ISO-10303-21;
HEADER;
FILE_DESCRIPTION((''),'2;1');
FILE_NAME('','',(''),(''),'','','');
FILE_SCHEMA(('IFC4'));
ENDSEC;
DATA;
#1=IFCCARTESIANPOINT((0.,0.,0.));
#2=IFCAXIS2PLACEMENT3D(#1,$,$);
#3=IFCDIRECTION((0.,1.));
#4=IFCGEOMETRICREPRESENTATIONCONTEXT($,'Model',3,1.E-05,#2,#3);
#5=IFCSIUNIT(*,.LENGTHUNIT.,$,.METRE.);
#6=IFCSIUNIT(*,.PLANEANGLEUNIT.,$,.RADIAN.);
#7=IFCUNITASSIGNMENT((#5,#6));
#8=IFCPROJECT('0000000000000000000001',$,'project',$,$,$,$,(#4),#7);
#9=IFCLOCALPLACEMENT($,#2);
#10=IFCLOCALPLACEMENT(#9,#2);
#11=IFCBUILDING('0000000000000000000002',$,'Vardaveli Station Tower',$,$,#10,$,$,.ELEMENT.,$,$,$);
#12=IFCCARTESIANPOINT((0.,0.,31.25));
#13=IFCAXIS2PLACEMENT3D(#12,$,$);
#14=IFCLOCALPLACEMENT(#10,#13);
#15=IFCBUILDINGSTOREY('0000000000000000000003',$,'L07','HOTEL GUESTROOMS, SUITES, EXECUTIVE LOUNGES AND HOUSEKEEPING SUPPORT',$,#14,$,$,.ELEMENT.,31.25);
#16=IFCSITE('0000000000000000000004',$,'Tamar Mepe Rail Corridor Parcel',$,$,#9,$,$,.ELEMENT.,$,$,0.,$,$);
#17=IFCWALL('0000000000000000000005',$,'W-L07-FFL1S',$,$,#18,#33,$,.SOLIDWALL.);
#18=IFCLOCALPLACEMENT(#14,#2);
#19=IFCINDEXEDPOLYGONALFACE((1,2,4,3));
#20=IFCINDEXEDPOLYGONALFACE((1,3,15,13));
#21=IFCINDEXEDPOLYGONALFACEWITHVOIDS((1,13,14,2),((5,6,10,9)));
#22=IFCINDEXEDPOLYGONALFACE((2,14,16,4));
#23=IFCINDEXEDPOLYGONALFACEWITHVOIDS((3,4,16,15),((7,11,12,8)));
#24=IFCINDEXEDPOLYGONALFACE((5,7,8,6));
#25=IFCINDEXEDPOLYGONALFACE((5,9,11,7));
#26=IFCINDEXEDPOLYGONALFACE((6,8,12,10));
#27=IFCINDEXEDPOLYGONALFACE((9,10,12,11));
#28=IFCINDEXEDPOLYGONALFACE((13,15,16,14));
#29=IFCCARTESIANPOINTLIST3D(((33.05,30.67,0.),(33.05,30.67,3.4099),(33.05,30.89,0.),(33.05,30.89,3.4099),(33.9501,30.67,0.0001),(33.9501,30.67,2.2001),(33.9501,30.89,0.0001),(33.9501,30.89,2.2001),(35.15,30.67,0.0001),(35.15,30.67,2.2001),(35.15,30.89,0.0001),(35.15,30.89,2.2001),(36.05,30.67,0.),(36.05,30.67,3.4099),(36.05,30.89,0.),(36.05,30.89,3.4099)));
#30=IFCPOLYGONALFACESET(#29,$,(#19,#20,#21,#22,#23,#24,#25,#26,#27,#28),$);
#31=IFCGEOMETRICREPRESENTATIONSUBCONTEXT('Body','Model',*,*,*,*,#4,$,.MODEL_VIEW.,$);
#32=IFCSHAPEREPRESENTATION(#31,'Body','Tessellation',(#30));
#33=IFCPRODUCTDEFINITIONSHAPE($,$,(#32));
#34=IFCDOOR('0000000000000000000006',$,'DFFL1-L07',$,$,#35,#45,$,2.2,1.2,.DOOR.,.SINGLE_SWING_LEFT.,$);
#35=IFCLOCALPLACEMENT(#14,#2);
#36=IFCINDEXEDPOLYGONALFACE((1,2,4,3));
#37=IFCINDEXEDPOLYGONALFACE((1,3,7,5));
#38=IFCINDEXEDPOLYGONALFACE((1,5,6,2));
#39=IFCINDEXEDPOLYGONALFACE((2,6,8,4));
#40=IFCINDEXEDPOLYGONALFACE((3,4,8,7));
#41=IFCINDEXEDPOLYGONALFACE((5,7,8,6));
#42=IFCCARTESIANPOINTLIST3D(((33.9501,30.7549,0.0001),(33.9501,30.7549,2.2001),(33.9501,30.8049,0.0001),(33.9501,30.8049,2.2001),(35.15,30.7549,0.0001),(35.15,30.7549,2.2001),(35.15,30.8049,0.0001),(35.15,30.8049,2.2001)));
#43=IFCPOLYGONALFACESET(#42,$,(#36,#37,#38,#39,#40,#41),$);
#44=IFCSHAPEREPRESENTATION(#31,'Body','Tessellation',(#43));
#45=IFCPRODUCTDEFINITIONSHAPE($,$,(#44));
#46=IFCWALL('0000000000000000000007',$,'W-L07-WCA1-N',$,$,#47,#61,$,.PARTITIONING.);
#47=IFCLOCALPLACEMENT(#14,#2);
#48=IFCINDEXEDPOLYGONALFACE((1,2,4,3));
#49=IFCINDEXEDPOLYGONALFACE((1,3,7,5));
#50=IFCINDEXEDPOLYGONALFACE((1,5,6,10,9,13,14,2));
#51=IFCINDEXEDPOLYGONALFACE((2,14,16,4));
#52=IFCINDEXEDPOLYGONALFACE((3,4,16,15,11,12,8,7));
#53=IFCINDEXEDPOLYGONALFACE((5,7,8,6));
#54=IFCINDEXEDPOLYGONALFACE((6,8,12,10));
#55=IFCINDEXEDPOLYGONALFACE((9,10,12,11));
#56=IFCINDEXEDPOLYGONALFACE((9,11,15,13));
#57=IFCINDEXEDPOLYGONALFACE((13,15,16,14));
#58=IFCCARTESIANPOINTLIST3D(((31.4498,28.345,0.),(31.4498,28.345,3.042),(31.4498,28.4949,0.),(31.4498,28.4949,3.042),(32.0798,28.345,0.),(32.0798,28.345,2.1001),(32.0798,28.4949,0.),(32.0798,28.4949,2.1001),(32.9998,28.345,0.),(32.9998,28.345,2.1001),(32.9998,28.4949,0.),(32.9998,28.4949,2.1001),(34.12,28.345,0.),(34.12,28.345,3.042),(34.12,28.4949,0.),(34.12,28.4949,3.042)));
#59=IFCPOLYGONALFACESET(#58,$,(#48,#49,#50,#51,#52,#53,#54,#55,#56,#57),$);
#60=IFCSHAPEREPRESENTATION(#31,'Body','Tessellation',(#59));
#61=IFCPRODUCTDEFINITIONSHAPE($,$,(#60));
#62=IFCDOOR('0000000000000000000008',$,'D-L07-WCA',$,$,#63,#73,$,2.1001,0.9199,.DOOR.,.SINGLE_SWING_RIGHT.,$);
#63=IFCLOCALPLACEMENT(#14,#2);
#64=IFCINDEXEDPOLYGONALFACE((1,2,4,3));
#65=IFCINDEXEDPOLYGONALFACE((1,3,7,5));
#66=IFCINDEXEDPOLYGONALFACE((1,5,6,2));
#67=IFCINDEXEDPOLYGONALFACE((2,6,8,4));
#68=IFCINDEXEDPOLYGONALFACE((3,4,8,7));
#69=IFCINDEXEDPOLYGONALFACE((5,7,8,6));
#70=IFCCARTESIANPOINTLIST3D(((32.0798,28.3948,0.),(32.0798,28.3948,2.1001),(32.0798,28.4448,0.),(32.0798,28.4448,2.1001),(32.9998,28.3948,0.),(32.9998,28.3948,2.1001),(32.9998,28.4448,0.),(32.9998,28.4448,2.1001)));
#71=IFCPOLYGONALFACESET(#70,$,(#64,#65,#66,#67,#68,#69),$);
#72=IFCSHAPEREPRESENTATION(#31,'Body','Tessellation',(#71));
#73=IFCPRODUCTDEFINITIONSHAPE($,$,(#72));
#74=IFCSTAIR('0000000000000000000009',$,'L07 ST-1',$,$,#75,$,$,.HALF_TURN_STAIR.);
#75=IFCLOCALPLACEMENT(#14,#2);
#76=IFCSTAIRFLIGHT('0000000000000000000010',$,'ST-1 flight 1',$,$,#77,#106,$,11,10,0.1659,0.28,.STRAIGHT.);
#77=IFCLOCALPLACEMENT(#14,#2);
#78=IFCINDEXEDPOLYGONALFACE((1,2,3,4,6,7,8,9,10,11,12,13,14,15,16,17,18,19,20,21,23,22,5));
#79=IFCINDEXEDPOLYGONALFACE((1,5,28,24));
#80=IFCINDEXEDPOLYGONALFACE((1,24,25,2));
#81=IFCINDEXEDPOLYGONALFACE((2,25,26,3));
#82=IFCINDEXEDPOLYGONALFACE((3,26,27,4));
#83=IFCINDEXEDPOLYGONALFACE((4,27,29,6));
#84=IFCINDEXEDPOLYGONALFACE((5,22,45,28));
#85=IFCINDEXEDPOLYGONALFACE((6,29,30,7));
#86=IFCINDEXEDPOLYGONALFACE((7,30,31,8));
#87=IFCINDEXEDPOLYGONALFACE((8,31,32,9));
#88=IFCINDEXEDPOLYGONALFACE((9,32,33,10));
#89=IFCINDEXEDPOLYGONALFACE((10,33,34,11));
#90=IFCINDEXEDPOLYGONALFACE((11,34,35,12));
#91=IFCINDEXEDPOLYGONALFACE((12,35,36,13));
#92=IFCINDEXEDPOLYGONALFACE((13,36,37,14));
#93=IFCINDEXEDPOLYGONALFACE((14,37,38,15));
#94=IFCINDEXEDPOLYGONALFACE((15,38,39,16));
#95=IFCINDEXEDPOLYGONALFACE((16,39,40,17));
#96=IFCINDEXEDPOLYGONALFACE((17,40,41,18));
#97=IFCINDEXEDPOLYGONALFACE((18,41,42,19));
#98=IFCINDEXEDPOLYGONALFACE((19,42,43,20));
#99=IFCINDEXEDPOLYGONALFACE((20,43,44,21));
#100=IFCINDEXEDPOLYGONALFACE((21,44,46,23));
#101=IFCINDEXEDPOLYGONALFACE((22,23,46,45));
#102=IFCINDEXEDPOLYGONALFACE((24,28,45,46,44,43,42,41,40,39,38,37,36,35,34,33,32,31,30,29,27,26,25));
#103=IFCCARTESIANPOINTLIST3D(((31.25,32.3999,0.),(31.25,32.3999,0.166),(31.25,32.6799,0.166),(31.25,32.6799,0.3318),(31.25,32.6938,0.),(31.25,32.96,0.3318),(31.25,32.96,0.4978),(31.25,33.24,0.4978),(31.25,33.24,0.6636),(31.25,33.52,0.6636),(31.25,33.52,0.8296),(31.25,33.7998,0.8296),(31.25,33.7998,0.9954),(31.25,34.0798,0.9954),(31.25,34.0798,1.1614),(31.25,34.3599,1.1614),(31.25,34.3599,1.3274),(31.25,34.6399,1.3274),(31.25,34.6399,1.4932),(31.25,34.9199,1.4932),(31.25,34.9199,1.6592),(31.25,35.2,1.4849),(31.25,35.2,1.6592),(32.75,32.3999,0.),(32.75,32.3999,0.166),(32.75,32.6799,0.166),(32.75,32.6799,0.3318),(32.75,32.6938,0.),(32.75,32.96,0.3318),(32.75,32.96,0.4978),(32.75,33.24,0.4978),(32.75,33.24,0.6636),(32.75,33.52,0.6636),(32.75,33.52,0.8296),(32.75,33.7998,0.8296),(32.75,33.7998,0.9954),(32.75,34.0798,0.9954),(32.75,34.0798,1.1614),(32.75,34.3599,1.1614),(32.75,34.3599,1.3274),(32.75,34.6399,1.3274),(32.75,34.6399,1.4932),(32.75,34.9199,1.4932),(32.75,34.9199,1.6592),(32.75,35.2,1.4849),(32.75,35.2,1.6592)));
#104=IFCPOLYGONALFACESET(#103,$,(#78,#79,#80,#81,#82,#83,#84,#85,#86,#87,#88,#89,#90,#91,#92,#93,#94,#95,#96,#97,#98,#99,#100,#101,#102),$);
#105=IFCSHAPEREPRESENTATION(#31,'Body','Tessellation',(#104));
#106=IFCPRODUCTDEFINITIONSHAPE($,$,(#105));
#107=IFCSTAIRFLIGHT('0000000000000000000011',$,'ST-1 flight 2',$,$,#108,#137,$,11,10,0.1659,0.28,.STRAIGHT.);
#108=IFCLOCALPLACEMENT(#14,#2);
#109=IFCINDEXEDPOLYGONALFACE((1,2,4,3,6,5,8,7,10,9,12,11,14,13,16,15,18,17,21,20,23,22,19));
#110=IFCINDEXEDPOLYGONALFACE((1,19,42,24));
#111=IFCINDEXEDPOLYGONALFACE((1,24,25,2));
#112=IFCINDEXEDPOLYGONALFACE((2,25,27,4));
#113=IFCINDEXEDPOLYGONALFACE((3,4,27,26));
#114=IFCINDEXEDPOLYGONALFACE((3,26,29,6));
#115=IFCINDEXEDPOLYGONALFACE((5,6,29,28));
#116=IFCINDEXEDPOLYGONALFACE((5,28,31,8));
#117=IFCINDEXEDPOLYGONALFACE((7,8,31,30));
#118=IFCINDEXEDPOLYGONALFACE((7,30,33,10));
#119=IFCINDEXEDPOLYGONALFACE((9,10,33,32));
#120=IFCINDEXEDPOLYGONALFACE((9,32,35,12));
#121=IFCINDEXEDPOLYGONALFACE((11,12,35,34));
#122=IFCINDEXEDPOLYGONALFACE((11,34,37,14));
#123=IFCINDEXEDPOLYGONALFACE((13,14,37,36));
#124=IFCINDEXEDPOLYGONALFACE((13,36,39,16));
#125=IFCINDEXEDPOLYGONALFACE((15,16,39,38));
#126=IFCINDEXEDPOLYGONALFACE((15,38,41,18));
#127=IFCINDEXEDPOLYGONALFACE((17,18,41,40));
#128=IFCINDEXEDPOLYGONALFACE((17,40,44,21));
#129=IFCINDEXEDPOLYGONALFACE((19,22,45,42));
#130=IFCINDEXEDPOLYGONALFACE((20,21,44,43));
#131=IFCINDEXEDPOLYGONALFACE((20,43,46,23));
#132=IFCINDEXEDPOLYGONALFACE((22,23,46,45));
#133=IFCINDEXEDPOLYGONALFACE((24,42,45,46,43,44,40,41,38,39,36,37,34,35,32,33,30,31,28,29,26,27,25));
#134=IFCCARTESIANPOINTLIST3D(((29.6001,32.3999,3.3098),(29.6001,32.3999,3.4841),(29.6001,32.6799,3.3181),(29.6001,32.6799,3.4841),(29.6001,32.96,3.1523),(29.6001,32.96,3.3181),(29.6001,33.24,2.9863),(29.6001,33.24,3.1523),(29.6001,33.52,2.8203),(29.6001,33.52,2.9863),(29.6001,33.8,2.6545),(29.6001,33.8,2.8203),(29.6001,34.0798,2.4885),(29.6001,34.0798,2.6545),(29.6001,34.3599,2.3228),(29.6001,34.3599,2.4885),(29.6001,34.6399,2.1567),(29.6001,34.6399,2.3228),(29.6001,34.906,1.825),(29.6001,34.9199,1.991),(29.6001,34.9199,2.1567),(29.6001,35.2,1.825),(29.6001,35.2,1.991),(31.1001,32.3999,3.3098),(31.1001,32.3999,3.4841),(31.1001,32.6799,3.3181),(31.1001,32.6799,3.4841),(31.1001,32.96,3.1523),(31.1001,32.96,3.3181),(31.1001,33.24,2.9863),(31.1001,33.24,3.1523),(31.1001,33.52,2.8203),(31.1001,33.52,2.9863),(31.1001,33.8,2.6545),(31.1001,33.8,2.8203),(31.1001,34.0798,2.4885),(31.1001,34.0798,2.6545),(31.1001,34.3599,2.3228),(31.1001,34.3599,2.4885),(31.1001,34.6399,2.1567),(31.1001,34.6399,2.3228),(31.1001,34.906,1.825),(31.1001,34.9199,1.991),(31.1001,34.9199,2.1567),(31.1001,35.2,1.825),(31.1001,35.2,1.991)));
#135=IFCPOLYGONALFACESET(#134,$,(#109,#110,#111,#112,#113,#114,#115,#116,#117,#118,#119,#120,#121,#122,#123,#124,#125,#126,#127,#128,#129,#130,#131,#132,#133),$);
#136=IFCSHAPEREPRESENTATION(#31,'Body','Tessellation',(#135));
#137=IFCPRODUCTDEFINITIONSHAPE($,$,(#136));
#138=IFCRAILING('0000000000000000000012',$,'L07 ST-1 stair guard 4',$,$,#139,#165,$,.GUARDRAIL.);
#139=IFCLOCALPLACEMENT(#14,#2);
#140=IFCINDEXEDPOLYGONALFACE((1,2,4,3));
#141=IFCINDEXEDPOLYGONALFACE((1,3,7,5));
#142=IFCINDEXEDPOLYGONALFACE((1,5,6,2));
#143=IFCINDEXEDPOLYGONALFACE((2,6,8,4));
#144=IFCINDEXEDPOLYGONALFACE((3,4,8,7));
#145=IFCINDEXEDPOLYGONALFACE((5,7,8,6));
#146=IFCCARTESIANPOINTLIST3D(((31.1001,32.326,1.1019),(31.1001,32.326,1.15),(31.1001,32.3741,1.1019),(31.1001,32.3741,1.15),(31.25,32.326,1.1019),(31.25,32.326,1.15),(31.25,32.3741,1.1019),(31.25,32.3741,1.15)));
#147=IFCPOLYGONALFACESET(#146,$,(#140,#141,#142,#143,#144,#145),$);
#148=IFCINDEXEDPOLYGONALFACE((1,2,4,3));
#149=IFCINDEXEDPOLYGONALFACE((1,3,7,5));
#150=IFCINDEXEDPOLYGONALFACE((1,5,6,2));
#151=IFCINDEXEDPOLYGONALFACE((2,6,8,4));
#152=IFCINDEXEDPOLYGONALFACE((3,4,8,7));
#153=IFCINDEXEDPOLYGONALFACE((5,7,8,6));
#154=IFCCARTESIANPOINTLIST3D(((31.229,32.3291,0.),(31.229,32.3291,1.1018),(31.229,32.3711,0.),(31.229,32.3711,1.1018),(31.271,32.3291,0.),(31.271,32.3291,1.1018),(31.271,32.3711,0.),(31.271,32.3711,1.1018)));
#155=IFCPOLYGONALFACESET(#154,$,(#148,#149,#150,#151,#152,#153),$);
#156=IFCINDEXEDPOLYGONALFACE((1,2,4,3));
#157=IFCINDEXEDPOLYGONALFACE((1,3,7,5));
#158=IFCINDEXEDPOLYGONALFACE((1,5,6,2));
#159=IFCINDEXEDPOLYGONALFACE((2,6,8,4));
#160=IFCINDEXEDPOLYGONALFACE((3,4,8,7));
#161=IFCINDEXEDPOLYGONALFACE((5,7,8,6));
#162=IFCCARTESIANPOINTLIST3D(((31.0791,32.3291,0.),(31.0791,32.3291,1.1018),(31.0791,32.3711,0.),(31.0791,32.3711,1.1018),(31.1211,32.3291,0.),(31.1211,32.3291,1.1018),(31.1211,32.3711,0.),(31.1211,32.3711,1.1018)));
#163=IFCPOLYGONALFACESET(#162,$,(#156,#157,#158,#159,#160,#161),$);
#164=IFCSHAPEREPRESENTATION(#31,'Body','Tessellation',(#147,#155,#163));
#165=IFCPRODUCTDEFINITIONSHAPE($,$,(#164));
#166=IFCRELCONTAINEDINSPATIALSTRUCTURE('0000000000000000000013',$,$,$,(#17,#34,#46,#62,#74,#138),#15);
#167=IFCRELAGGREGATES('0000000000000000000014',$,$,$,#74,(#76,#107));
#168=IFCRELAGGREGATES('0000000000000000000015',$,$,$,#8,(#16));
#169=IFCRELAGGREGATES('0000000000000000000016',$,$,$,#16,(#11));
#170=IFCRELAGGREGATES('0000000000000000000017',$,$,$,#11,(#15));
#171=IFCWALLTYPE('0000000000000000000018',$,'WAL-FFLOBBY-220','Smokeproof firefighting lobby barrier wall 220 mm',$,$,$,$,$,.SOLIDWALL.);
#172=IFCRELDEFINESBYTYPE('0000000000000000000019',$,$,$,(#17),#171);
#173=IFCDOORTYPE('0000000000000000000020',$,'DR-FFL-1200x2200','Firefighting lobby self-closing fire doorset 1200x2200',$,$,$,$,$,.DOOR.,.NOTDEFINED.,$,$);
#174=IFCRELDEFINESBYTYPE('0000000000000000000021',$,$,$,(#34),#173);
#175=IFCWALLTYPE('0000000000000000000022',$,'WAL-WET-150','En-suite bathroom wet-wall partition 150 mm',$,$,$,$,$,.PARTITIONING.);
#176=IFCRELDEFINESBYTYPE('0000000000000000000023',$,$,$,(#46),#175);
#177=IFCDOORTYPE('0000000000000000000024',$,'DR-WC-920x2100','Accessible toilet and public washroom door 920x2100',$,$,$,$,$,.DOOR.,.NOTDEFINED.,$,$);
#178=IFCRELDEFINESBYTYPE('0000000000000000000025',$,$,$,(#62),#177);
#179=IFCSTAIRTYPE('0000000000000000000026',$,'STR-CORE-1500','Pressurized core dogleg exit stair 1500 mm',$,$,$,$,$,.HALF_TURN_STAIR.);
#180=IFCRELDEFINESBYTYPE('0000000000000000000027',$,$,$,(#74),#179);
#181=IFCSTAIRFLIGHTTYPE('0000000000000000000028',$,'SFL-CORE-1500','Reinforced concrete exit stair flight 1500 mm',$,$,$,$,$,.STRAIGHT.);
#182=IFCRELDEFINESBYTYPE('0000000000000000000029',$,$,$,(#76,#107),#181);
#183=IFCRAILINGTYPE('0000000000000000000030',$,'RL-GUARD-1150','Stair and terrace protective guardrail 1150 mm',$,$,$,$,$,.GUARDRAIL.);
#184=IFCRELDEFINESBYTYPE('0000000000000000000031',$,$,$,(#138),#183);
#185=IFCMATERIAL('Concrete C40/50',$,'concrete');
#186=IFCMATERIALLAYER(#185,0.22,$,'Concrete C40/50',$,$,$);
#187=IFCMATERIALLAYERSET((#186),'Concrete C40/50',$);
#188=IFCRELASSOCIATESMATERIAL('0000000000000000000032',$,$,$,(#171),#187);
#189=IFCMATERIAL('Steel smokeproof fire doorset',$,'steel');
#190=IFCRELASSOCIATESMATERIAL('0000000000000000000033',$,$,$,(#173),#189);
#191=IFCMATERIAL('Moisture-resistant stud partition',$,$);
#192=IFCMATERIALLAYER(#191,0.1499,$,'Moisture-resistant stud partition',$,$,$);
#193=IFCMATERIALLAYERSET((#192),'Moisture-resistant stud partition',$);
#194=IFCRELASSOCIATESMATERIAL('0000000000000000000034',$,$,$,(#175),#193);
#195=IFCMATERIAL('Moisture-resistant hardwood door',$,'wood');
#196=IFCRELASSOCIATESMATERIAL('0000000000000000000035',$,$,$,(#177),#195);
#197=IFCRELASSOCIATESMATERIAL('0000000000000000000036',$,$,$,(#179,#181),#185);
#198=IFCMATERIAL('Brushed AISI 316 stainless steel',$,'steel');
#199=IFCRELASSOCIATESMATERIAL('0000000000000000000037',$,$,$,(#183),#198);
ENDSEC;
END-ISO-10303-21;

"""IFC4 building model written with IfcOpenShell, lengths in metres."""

from ifc_helpers import new_model, si_unit, direction, frame, frame_2d, origin, origin_2d, place, context, subcontext, project, spatial, polyline, rectangle, outline, extrude, source, transform, mapped, material, layer, layer_set, type_object, element, fill, aggregate, save


model = new_model("IFC4")

# Units and contexts
model_context = context("Model", 3, precision=1e-05, world=origin(), true_north=direction((0.0, 1.0)))
body_context = subcontext(model_context, "Body", "Model", "MODEL_VIEW")
ifc_project = project(units=[si_unit("LENGTHUNIT", "METRE"), si_unit("PLANEANGLEUNIT", "RADIAN")], contexts=[model_context])

# Site, building, storey
site_placement = place(None, origin())
site = spatial("IfcSite", under=ifc_project, at=site_placement, Name="Tamar Mepe Rail Corridor Parcel", CompositionType="ELEMENT", RefElevation=0.0)
building_placement = place(site_placement, origin())
building = spatial("IfcBuilding", under=site, at=building_placement, Name="Vardaveli Station Tower", CompositionType="ELEMENT")
storey_placement = place(building_placement, frame((0.0, 0.0, 31.25)))
storey = spatial("IfcBuildingStorey", under=building, at=storey_placement, Name="L07", Description="HOTEL GUESTROOMS, SUITES, EXECUTIVE LOUNGES AND HOUSEKEEPING SUPPORT", CompositionType="ELEMENT", Elevation=31.25)

# Shared definitions
ifc_material_1 = material(Name="Concrete C40/50", Category="concrete")

# Walls, openings, doors
ifc_material_2 = material(Name="Steel smokeproof fire doorset", Category="steel")
ifc_layer_1 = layer(ifc_material_1, 0.22, Name="Concrete C40/50")
ifc_layer_set_1 = layer_set([ifc_layer_1], Name="Concrete C40/50")
wall_type_1 = type_object("IfcWallType", Name="WAL-FFLOBBY-220", Description="Smokeproof firefighting lobby barrier wall 220 mm", PredefinedType="SOLIDWALL", material=ifc_layer_set_1)
shared_shape_1 = source(origin(), body_context, "Body", "SweptSolid", [
    extrude(rectangle(XDim=3.0, YDim=0.22, at=frame_2d((1.5, 0.0))), origin(), (0.0, 0.0, 1.0), 3.4099),
])
wall_1_placement = place(storey_placement, frame((33.05, 30.78, 0.0), z_axis=(0.0, 0.0, 1.0), x_axis=(1.0, 0.0, 0.0)))
wall_1 = element("IfcWall", 1, at=wall_1_placement, inside=storey, type_object=wall_type_1, Name="W-L07-FFL1S", PredefinedType="SOLIDWALL", context=body_context, shape_type="MappedRepresentation", body=[
    mapped(shared_shape_1, transform((0.0, 0.0, 0.0), scale=1.0)),
])
shared_shape_2 = source(origin(), body_context, "Body", "SweptSolid", [
    extrude(rectangle(XDim=1.2, YDim=2.2, at=frame_2d((0.6001, 1.1001))), frame((0.0, 0.1201, 0.0), z_axis=(0.0, -1.0, 0.0), x_axis=(1.0, 0.0, 0.0)), (0.0, 0.0, 1.0), 0.24),
])
opening_1_placement = place(wall_1_placement, frame((0.8999, 0.0, 0.0)))
opening_1 = element("IfcOpeningElement", 2, at=opening_1_placement, cuts=wall_1, PredefinedType="OPENING", context=body_context, shape_type="MappedRepresentation", body=[
    mapped(shared_shape_2, transform((0.0, 0.0, 0.0), scale=1.0)),
])
door_type_1 = type_object("IfcDoorType", Name="DR-FFL-1200x2200", Description="Firefighting lobby self-closing fire doorset 1200x2200", OperationType="NOTDEFINED", PredefinedType="DOOR", material=ifc_material_2)
shared_shape_3 = source(origin(), body_context, "Body", "SweptSolid", [
    extrude(rectangle(XDim=1.2, YDim=2.2, at=frame_2d((0.6001, 1.1001))), frame((0.0, 0.0249, 0.0), z_axis=(0.0, -1.0, 0.0), x_axis=(1.0, 0.0, 0.0)), (0.0, 0.0, 1.0), 0.05),
])
door_1_placement = place(opening_1_placement, origin())
door_1 = element("IfcDoor", 3, at=door_1_placement, inside=storey, type_object=door_type_1, Name="DFFL1-L07", OperationType="SINGLE_SWING_LEFT", OverallHeight=2.2, OverallWidth=1.2, PredefinedType="DOOR", context=body_context, shape_type="MappedRepresentation", body=[
    mapped(shared_shape_3, transform((0.0, 0.0, 0.0), scale=1.0)),
])
fill(opening_1, door_1)
ifc_material_3 = material(Name="Moisture-resistant stud partition")
ifc_layer_2 = layer(ifc_material_3, 0.1499, Name="Moisture-resistant stud partition")
ifc_layer_set_2 = layer_set([ifc_layer_2], Name="Moisture-resistant stud partition")
wall_type_2 = type_object("IfcWallType", Name="WAL-WET-150", Description="En-suite bathroom wet-wall partition 150 mm", PredefinedType="PARTITIONING", material=ifc_layer_set_2)
shared_shape_4 = source(origin(), body_context, "Body", "SweptSolid", [
    extrude(rectangle(XDim=2.6702, YDim=0.1499, at=frame_2d((1.335, 0.0))), origin(), (0.0, 0.0, 1.0), 3.042),
])
wall_2_placement = place(storey_placement, frame((31.45, 28.4199, 0.0), z_axis=(0.0, 0.0, 1.0), x_axis=(1.0, 0.0, 0.0)))
wall_2 = element("IfcWall", 4, at=wall_2_placement, inside=storey, type_object=wall_type_2, Name="W-L07-WCA1-N", PredefinedType="PARTITIONING", context=body_context, shape_type="MappedRepresentation", body=[
    mapped(shared_shape_4, transform((0.0, 0.0, 0.0), scale=1.0)),
])
shared_shape_5 = source(origin(), body_context, "Body", "SweptSolid", [
    extrude(rectangle(XDim=0.9199, YDim=2.1001, at=frame_2d((0.46, 1.05))), frame((0.0, 0.085, 0.0), z_axis=(0.0, -1.0, 0.0), x_axis=(1.0, 0.0, 0.0)), (0.0, 0.0, 1.0), 0.1699),
])
opening_2_placement = place(wall_2_placement, frame((0.6299, 0.0, 0.0)))
opening_2 = element("IfcOpeningElement", 5, at=opening_2_placement, cuts=wall_2, PredefinedType="OPENING", context=body_context, shape_type="MappedRepresentation", body=[
    mapped(shared_shape_5, transform((0.0, 0.0, 0.0), scale=1.0)),
])
ifc_material_4 = material(Name="Moisture-resistant hardwood door", Category="wood")
door_type_2 = type_object("IfcDoorType", Name="DR-WC-920x2100", Description="Accessible toilet and public washroom door 920x2100", OperationType="NOTDEFINED", PredefinedType="DOOR", material=ifc_material_4)
shared_shape_6 = source(origin(), body_context, "Body", "SweptSolid", [
    extrude(rectangle(XDim=0.9199, YDim=2.1001, at=frame_2d((0.46, 1.05))), frame((0.0, 0.0249, 0.0), z_axis=(0.0, -1.0, 0.0), x_axis=(1.0, 0.0, 0.0)), (0.0, 0.0, 1.0), 0.05),
])
door_2_placement = place(opening_2_placement, origin())
door_2 = element("IfcDoor", 6, at=door_2_placement, inside=storey, type_object=door_type_2, Name="D-L07-WCA", OperationType="SINGLE_SWING_RIGHT", OverallHeight=2.1001, OverallWidth=0.9199, PredefinedType="DOOR", context=body_context, shape_type="MappedRepresentation", body=[
    mapped(shared_shape_6, transform((0.0, 0.0, 0.0), scale=1.0)),
])
fill(opening_2, door_2)

# Stair, stair flights
stair_type = type_object("IfcStairType", Name="STR-CORE-1500", Description="Pressurized core dogleg exit stair 1500 mm", PredefinedType="HALF_TURN_STAIR", material=ifc_material_1)
stair_placement = place(storey_placement, origin())
stair = element("IfcStair", 7, at=stair_placement, inside=storey, type_object=stair_type, Name="L07 ST-1", PredefinedType="HALF_TURN_STAIR")
stair_flight_type = type_object("IfcStairFlightType", Name="SFL-CORE-1500", Description="Reinforced concrete exit stair flight 1500 mm", PredefinedType="STRAIGHT", material=ifc_material_1)
shared_shape_7 = source(origin(), body_context, "Body", "SweptSolid", [
    extrude(outline(polyline([(0.0, 0.0), (0.0, 0.166), (0.28, 0.166), (0.28, 0.3318), (0.5601, 0.3318), (0.5601, 0.4978), (0.8401, 0.4978), (0.8401, 0.6636), (1.1201, 0.6636), (1.1201, 0.8296), (1.3999, 0.8296), (1.3999, 0.9954), (1.6799, 0.9954), (1.6799, 1.1614), (1.96, 1.1614), (1.96, 1.3274), (2.24, 1.3274), (2.24, 1.4932), (2.52, 1.4932), (2.52, 1.6592), (2.8, 1.6592), (2.8, 1.825), (2.8, 1.4849), (0.2939, 0.0), (0.0, 0.0)])), frame((0.0, 0.75, 0.0), z_axis=(0.0, -1.0, 0.0), x_axis=(1.0, 0.0, 0.0)), (0.0, 0.0, 1.0), 1.5),
])
stair_flight_1_placement = place(storey_placement, frame((32.0, 32.3999, 0.0), z_axis=(0.0, 0.0, 1.0), x_axis=(0.0, 1.0, 0.0)))
stair_flight_1 = element("IfcStairFlight", 8, at=stair_flight_1_placement, type_object=stair_flight_type, Name="ST-1 flight 1", NumberOfRisers=11, NumberOfTreads=10, PredefinedType="STRAIGHT", RiserHeight=0.1659, TreadLength=0.28, context=body_context, shape_type="MappedRepresentation", body=[
    mapped(shared_shape_7, transform((0.0, 0.0, 0.0), scale=1.0)),
])
stair_flight_2_placement = place(storey_placement, frame((30.3501, 35.2, 1.825), z_axis=(0.0, 0.0, 1.0), x_axis=(0.0, -1.0, 0.0)))
stair_flight_2 = element("IfcStairFlight", 9, at=stair_flight_2_placement, type_object=stair_flight_type, Name="ST-1 flight 2", NumberOfRisers=11, NumberOfTreads=10, PredefinedType="STRAIGHT", RiserHeight=0.1659, TreadLength=0.28, context=body_context, shape_type="MappedRepresentation", body=[
    mapped(shared_shape_7, transform((0.0, 0.0, 0.0), scale=1.0)),
])
aggregate(stair, [stair_flight_1, stair_flight_2])

# Railing
ifc_material_5 = material(Name="Brushed AISI 316 stainless steel", Category="steel")
railing_type_1 = type_object("IfcRailingType", Name="RL-GUARD-1150", Description="Stair and terrace protective guardrail 1150 mm", PredefinedType="GUARDRAIL", material=ifc_material_5)
shared_shape_8 = source(origin(), body_context, "Body", "SweptSolid", [
    extrude(rectangle(XDim=0.0481, YDim=0.0481, at=origin_2d()), frame((0.0, 0.0, 1.126), z_axis=(-1.0, 0.0, 0.0), x_axis=(0.0, -1.0, 0.0)), (0.0, 0.0, 1.0), 0.1499),
    extrude(rectangle(XDim=0.042, YDim=0.042, at=origin_2d()), origin(), (0.0, 0.0, 1.0), 1.1018),
    extrude(rectangle(XDim=0.042, YDim=0.042, at=origin_2d()), frame((-0.1499, 0.0, 0.0)), (0.0, 0.0, 1.0), 1.1018),
])
for number, where, name in (
    (10, (31.25, 32.3501, 0.0), "L07 ST-1 stair guard 4"),
):
    element("IfcRailing", number, at=place(storey_placement, frame(where)), inside=storey, type_object=railing_type_1, Name=name, PredefinedType="GUARDRAIL", context=body_context, shape_type="MappedRepresentation", body=[
        mapped(shared_shape_8, transform((0.0, 0.0, 0.0), scale=1.0)),
    ])

save(model, "model.ifc")
